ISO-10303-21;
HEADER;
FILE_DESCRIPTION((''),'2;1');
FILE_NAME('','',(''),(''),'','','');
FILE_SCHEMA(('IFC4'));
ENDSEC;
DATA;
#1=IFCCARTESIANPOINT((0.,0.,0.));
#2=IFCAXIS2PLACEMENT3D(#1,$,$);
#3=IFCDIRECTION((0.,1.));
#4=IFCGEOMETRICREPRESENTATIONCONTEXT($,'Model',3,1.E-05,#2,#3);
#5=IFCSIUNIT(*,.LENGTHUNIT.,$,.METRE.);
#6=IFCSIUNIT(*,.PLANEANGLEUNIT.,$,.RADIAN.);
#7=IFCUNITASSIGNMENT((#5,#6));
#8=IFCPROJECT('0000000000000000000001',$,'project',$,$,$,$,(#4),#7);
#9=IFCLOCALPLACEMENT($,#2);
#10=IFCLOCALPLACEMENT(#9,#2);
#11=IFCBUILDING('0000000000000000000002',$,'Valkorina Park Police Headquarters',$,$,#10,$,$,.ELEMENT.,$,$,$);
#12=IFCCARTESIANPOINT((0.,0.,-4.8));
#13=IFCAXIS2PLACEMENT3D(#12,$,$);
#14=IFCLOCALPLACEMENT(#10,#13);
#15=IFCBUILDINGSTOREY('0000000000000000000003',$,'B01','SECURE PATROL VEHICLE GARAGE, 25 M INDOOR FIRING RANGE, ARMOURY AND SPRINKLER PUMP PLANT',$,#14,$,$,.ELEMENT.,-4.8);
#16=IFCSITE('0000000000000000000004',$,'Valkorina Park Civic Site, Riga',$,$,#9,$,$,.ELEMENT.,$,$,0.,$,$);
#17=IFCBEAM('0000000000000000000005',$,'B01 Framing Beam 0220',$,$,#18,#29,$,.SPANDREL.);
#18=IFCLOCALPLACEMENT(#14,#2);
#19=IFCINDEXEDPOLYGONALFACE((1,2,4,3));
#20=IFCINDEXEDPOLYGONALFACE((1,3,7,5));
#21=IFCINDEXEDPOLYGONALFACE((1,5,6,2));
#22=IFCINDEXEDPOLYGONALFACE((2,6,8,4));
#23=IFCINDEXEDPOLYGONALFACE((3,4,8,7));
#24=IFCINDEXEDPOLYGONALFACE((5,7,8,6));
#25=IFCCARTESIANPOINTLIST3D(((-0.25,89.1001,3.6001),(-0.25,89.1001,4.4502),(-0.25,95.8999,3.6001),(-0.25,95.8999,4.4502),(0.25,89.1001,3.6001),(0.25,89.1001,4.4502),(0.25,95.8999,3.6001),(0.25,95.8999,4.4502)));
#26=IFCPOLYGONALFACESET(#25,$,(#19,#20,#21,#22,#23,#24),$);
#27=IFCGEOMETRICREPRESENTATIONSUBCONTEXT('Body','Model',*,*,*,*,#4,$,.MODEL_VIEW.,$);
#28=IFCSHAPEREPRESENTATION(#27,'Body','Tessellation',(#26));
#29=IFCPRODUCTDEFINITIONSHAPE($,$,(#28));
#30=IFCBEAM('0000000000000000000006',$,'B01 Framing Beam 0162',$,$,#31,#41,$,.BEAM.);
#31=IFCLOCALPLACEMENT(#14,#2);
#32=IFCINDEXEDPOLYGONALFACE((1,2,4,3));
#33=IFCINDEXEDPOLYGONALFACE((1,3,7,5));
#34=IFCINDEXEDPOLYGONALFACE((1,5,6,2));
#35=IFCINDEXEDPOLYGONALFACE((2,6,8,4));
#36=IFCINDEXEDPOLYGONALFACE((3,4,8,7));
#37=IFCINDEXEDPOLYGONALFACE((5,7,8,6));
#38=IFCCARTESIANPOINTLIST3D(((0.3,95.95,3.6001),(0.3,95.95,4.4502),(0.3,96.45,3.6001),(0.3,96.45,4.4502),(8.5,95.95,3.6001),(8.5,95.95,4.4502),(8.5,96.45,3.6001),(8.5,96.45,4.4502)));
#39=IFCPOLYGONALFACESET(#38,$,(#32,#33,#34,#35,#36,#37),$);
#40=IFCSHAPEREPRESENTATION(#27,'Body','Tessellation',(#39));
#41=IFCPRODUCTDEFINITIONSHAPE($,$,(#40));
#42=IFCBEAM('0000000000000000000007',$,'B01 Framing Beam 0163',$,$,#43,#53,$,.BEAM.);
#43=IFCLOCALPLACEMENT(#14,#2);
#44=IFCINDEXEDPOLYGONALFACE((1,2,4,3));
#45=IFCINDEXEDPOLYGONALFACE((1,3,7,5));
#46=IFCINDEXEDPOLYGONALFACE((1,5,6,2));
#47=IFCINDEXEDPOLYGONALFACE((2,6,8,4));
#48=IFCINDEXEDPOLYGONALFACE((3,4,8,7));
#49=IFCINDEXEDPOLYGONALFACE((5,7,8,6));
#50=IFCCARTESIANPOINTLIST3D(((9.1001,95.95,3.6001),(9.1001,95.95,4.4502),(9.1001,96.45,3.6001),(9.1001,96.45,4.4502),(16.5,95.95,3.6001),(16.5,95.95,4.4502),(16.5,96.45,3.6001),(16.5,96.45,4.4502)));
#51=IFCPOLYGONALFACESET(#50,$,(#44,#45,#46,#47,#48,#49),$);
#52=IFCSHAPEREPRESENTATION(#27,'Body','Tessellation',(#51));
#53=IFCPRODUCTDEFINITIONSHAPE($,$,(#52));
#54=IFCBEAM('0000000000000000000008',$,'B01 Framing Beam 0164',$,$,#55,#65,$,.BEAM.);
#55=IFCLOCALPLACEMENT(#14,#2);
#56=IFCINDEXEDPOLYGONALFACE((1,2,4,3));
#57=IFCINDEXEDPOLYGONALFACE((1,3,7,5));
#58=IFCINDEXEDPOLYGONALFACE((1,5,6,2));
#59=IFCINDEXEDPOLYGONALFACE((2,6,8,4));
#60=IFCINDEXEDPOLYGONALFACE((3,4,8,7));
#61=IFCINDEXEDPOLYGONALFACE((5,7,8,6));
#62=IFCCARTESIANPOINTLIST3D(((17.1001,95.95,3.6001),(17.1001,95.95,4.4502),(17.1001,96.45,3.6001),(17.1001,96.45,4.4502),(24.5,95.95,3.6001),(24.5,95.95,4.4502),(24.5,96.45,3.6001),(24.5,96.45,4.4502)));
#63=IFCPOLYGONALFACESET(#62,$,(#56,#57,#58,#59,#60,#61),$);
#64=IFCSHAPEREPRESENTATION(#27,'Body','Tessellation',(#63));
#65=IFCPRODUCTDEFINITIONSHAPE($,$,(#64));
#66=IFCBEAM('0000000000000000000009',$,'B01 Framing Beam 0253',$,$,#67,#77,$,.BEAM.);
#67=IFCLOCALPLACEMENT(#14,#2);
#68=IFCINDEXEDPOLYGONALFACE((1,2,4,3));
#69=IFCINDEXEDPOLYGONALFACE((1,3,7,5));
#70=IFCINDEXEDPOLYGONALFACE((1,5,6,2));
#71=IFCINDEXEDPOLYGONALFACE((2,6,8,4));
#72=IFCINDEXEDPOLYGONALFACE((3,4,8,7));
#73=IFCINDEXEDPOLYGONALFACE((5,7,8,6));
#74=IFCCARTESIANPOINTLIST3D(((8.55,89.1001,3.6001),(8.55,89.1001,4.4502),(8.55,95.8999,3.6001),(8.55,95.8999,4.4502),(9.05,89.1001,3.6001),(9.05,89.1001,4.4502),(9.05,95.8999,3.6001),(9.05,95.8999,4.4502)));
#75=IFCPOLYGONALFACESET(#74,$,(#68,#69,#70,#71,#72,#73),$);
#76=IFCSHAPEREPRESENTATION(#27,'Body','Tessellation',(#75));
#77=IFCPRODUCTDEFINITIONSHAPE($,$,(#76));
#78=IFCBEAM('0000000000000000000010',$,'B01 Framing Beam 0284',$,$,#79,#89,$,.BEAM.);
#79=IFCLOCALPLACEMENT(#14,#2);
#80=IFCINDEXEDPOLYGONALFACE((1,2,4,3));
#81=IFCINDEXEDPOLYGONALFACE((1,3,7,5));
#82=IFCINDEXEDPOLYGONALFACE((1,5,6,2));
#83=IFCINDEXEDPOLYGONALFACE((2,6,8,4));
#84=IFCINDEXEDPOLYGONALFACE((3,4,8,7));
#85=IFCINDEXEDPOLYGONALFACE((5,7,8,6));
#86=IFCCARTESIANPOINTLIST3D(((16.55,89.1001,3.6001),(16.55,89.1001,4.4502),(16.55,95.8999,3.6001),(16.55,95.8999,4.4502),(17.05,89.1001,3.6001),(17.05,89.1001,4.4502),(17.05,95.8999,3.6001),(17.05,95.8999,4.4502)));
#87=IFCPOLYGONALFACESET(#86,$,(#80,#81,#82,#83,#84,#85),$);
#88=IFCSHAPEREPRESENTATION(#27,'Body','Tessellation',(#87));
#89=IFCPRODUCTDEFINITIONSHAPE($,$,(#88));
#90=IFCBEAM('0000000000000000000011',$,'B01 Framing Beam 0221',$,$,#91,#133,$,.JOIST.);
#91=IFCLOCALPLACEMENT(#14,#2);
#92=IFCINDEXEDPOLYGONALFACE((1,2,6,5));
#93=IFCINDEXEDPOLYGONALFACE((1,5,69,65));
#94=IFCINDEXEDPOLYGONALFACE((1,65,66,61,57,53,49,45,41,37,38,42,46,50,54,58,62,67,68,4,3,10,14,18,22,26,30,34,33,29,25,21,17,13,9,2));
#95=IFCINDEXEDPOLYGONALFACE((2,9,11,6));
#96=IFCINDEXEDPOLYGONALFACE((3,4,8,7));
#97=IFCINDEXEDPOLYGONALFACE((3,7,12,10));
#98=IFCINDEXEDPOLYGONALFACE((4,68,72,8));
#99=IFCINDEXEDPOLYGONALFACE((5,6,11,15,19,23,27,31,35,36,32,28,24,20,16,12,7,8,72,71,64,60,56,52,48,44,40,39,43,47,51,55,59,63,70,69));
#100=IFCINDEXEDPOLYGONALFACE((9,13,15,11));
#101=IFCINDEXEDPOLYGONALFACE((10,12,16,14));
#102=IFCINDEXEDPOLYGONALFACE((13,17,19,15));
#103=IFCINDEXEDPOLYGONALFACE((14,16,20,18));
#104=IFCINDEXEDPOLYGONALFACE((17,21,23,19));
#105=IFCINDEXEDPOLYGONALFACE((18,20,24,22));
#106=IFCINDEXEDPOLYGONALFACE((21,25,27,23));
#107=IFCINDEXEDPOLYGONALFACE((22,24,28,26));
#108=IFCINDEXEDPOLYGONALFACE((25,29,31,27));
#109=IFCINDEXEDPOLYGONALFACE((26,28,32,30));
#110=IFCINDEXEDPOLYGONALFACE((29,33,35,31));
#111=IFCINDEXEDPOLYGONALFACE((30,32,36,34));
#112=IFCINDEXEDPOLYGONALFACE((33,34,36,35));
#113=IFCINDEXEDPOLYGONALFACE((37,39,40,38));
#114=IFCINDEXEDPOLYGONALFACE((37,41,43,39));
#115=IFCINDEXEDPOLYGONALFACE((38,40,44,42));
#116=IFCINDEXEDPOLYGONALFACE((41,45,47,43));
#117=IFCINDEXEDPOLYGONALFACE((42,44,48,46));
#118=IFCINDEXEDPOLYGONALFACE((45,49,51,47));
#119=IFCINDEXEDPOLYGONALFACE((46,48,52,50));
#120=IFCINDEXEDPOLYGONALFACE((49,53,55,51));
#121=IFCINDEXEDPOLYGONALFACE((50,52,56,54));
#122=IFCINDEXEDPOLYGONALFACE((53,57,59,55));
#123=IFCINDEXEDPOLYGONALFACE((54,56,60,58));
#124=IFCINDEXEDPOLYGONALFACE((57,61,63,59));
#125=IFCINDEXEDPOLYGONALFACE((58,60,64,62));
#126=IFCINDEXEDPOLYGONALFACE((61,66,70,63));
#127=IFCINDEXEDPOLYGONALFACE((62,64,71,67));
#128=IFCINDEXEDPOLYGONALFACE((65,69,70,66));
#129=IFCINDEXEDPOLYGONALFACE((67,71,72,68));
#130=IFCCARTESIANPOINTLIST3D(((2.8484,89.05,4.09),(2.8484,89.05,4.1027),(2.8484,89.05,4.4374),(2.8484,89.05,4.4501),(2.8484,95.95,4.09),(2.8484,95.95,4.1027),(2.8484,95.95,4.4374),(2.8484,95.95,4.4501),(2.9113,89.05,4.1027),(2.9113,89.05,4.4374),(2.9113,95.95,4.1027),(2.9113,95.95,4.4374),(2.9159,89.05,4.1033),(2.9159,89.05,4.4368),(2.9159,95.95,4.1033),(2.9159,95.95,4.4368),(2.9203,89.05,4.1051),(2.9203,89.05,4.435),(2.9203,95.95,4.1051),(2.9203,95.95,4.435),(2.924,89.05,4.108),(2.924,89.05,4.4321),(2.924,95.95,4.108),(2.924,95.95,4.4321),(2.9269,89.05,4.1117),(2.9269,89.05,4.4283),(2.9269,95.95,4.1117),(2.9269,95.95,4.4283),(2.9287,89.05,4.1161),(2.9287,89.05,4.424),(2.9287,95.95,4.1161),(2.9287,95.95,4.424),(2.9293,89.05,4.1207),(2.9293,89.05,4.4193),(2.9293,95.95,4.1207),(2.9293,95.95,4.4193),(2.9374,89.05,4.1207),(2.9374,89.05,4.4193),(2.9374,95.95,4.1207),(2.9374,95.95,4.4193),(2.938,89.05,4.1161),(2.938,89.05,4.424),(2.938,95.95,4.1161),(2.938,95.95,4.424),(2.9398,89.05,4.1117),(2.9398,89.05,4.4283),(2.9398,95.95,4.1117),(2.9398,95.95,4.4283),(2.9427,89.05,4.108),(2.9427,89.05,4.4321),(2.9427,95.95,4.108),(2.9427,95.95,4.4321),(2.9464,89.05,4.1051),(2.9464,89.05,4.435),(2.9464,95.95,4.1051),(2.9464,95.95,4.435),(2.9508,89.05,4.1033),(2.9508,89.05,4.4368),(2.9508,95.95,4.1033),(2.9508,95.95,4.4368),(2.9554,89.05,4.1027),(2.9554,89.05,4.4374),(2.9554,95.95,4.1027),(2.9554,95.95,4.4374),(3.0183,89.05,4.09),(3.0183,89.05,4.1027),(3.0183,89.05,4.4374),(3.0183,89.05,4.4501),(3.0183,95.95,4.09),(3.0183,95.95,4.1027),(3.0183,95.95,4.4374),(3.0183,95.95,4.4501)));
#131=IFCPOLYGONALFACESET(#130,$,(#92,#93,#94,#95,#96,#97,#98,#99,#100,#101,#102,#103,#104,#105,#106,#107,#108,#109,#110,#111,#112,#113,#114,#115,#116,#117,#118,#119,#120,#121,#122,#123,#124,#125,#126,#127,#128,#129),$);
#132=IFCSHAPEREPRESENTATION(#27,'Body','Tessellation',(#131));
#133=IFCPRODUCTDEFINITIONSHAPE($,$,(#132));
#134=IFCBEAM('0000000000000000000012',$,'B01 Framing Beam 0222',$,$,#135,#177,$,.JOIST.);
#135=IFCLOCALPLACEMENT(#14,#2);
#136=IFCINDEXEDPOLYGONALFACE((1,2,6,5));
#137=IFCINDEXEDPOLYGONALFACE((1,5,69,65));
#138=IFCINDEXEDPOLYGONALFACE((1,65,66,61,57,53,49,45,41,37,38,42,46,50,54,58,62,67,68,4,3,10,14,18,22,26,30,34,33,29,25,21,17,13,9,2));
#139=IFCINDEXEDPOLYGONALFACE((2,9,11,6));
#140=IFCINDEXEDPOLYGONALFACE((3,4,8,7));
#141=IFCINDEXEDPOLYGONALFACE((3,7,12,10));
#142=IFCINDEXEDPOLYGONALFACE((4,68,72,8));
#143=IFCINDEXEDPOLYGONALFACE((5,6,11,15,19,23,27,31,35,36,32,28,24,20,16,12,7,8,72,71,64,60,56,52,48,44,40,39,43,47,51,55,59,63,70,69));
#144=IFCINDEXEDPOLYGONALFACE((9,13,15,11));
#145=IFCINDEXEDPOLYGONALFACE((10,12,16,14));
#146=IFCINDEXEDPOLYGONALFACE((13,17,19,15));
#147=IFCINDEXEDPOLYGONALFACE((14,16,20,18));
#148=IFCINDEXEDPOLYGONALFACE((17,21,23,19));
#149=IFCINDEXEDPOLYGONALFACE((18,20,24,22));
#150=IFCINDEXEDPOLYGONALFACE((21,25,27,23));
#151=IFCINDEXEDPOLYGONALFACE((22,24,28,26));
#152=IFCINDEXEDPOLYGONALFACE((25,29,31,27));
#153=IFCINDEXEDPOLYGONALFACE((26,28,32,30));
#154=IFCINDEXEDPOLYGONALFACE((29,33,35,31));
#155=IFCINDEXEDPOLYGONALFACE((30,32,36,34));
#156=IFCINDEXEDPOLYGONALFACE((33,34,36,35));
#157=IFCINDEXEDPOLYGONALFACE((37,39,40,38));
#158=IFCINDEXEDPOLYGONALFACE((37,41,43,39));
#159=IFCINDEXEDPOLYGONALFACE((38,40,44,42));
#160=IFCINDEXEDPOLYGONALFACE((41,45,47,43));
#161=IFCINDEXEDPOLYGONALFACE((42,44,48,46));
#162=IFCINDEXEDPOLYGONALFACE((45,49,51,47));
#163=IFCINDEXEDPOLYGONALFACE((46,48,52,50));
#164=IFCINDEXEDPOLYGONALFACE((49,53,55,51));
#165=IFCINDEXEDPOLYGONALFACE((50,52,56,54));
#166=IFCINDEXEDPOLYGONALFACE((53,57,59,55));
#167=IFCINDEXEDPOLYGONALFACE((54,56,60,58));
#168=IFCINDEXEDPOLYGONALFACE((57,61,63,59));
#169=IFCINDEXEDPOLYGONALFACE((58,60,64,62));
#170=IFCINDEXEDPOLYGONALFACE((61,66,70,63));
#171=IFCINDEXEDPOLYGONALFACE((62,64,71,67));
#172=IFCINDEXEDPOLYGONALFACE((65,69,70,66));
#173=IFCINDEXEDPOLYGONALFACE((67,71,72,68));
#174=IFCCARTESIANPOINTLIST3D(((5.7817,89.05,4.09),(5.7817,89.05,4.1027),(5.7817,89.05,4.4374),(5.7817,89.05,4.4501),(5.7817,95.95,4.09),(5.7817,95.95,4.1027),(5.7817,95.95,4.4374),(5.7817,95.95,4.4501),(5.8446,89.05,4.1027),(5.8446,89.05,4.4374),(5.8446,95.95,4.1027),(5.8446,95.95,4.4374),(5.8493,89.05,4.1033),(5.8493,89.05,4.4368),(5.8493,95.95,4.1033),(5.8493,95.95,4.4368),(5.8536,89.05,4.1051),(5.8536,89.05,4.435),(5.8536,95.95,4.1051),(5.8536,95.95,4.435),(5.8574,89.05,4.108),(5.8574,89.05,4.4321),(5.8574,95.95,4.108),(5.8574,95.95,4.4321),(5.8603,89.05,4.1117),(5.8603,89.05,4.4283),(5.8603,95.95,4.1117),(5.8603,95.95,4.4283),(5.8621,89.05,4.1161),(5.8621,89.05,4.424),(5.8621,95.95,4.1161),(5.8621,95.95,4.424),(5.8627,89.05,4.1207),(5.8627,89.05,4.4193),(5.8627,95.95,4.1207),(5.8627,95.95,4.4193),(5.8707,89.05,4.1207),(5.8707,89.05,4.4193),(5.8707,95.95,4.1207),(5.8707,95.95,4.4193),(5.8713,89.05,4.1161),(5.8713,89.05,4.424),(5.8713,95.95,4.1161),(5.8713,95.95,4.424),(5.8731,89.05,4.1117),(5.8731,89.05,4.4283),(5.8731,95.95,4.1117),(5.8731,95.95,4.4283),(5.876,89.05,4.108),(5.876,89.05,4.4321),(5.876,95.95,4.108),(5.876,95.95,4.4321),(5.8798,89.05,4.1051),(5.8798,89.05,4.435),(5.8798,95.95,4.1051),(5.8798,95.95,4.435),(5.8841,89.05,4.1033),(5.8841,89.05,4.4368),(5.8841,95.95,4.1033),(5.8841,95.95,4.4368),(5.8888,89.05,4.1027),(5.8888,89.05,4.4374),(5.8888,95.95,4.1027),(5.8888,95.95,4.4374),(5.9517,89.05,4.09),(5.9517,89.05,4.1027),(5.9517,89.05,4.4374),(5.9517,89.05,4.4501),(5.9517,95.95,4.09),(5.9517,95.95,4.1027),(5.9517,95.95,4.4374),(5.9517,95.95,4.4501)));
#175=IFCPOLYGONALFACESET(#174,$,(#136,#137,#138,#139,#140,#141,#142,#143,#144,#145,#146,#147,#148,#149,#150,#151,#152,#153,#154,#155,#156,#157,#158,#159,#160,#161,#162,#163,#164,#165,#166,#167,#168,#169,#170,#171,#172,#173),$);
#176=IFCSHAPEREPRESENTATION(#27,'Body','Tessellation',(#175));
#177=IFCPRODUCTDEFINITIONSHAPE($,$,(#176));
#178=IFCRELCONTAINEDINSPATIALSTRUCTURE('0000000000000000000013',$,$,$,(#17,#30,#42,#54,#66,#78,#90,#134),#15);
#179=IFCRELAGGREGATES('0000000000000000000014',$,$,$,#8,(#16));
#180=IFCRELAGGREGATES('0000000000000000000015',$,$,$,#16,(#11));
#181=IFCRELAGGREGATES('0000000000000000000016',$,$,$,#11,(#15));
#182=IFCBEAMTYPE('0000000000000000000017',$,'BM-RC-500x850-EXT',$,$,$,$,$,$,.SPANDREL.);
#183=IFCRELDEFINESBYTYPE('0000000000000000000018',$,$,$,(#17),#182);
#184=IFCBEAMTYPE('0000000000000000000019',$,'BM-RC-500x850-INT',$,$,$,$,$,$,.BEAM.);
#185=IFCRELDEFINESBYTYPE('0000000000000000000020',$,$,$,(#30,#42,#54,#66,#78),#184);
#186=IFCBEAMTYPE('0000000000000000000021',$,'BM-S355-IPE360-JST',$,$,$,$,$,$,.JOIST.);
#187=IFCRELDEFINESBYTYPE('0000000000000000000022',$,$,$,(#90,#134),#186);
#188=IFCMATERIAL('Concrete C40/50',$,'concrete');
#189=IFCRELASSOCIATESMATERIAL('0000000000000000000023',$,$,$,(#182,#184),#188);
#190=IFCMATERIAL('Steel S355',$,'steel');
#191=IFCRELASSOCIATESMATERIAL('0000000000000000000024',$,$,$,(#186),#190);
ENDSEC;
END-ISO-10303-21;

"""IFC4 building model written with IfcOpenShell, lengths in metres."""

from ifc_helpers import new_model, si_unit, direction, frame, origin, origin_2d, place, context, subcontext, project, spatial, rectangle, i_section, extrude, material, material_profile, profile_set, type_object, element, save


model = new_model("IFC4")

# Units and contexts
model_context = context("Model", 3, precision=1e-05, world=origin(), true_north=direction((0.0, 1.0)))
body_context = subcontext(model_context, "Body", "Model", "MODEL_VIEW")
ifc_project = project(units=[si_unit("LENGTHUNIT", "METRE"), si_unit("PLANEANGLEUNIT", "RADIAN")], contexts=[model_context])

# Site, building, storey
site_placement = place(None, origin())
site = spatial("IfcSite", under=ifc_project, at=site_placement, Name="Valkorina Park Civic Site, Riga", CompositionType="ELEMENT", RefElevation=0.0)
building_placement = place(site_placement, origin())
building = spatial("IfcBuilding", under=site, at=building_placement, Name="Valkorina Park Police Headquarters", CompositionType="ELEMENT")
storey_placement = place(building_placement, frame((0.0, 0.0, -4.8)))
storey = spatial("IfcBuildingStorey", under=building, at=storey_placement, Name="B01", Description="SECURE PATROL VEHICLE GARAGE, 25 M INDOOR FIRING RANGE, ARMOURY AND SPRINKLER PUMP PLANT", CompositionType="ELEMENT", Elevation=-4.8)

# Shared definitions
ifc_material_1 = material(Name="Concrete C40/50", Category="concrete")

# Beams
ifc_material_profile_1 = material_profile(ifc_material_1, rectangle(XDim=0.5, YDim=0.8501, at=origin_2d()), Name="RC BEAM 500x850")
ifc_profile_set_1 = profile_set([ifc_material_profile_1], Name="Concrete C40/50")
beam_type_1 = type_object("IfcBeamType", Name="BM-RC-500x850-EXT", PredefinedType="SPANDREL", material=ifc_profile_set_1)
beam_1_placement = place(storey_placement, frame((0.0, 89.1001, 4.0251), z_axis=(0.0, 1.0, 0.0), x_axis=(-1.0, 0.0, 0.0)))
element("IfcBeam", 1, at=beam_1_placement, inside=storey, type_object=beam_type_1, Name="B01 Framing Beam 0220", PredefinedType="SPANDREL", context=body_context, shape_type="SweptSolid", body=[
    extrude(rectangle(XDim=0.5, YDim=0.8501, at=origin_2d()), origin(), (0.0, 0.0, 1.0), 6.7998),
])
ifc_material_profile_2 = material_profile(ifc_material_1, rectangle(XDim=0.5, YDim=0.8501, at=origin_2d()), Name="RC BEAM 500x850")
ifc_profile_set_2 = profile_set([ifc_material_profile_2], Name="Concrete C40/50")
beam_type_2 = type_object("IfcBeamType", Name="BM-RC-500x850-INT", PredefinedType="BEAM", material=ifc_profile_set_2)
beam_2_placement = place(storey_placement, frame((0.3, 96.2, 4.0251), z_axis=(1.0, 0.0, 0.0), x_axis=(0.0, 1.0, 0.0)))
element("IfcBeam", 2, at=beam_2_placement, inside=storey, type_object=beam_type_2, Name="B01 Framing Beam 0162", PredefinedType="BEAM", context=body_context, shape_type="SweptSolid", body=[
    extrude(rectangle(XDim=0.5, YDim=0.8501, at=origin_2d()), origin(), (0.0, 0.0, 1.0), 8.2),
])
for number, where, z_axis, x_axis, name in (
    (3, (9.1001, 96.2, 4.0251), (1.0, 0.0, 0.0), (0.0, 1.0, 0.0), "B01 Framing Beam 0163"),
    (4, (17.1001, 96.2, 4.0251), (1.0, 0.0, 0.0), (0.0, 1.0, 0.0), "B01 Framing Beam 0164"),
):
    element("IfcBeam", number, at=place(storey_placement, frame(where, z_axis=z_axis, x_axis=x_axis)), inside=storey, type_object=beam_type_2, Name=name, PredefinedType="BEAM", context=body_context, shape_type="SweptSolid", body=[
        extrude(rectangle(XDim=0.5, YDim=0.8501, at=origin_2d()), origin(), (0.0, 0.0, 1.0), 7.3999),
    ])
for number, where, z_axis, x_axis, name in (
    (5, (8.8, 89.1001, 4.0251), (0.0, 1.0, 0.0), (-1.0, 0.0, 0.0), "B01 Framing Beam 0253"),
    (6, (16.8, 89.1001, 4.0251), (0.0, 1.0, 0.0), (-1.0, 0.0, 0.0), "B01 Framing Beam 0284"),
):
    element("IfcBeam", number, at=place(storey_placement, frame(where, z_axis=z_axis, x_axis=x_axis)), inside=storey, type_object=beam_type_2, Name=name, PredefinedType="BEAM", context=body_context, shape_type="SweptSolid", body=[
        extrude(rectangle(XDim=0.5, YDim=0.8501, at=origin_2d()), origin(), (0.0, 0.0, 1.0), 6.7998),
    ])
ifc_material_2 = material(Name="Steel S355", Category="steel")
ifc_material_profile_3 = material_profile(ifc_material_2, i_section(OverallWidth=0.1699, OverallDepth=0.3601, WebThickness=0.0081, FlangeThickness=0.0127, FilletRadius=0.0181, at=origin_2d()), Name="IPE 360")
ifc_profile_set_3 = profile_set([ifc_material_profile_3], Name="Steel S355")
beam_type_3 = type_object("IfcBeamType", Name="BM-S355-IPE360-JST", PredefinedType="JOIST", material=ifc_profile_set_3)
for number, where, z_axis, x_axis, name in (
    (7, (2.9333, 89.05, 4.27), (0.0, 1.0, 0.0), (-1.0, 0.0, 0.0), "B01 Framing Beam 0221"),
    (8, (5.8667, 89.05, 4.27), (0.0, 1.0, 0.0), (-1.0, 0.0, 0.0), "B01 Framing Beam 0222"),
):
    element("IfcBeam", number, at=place(storey_placement, frame(where, z_axis=z_axis, x_axis=x_axis)), inside=storey, type_object=beam_type_3, Name=name, PredefinedType="JOIST", context=body_context, shape_type="SweptSolid", body=[
        extrude(i_section(OverallWidth=0.1699, OverallDepth=0.3601, WebThickness=0.0081, FlangeThickness=0.0127, FilletRadius=0.0181, at=origin_2d()), origin(), (0.0, 0.0, 1.0), 6.8999),
    ])

save(model, "model.ifc")
